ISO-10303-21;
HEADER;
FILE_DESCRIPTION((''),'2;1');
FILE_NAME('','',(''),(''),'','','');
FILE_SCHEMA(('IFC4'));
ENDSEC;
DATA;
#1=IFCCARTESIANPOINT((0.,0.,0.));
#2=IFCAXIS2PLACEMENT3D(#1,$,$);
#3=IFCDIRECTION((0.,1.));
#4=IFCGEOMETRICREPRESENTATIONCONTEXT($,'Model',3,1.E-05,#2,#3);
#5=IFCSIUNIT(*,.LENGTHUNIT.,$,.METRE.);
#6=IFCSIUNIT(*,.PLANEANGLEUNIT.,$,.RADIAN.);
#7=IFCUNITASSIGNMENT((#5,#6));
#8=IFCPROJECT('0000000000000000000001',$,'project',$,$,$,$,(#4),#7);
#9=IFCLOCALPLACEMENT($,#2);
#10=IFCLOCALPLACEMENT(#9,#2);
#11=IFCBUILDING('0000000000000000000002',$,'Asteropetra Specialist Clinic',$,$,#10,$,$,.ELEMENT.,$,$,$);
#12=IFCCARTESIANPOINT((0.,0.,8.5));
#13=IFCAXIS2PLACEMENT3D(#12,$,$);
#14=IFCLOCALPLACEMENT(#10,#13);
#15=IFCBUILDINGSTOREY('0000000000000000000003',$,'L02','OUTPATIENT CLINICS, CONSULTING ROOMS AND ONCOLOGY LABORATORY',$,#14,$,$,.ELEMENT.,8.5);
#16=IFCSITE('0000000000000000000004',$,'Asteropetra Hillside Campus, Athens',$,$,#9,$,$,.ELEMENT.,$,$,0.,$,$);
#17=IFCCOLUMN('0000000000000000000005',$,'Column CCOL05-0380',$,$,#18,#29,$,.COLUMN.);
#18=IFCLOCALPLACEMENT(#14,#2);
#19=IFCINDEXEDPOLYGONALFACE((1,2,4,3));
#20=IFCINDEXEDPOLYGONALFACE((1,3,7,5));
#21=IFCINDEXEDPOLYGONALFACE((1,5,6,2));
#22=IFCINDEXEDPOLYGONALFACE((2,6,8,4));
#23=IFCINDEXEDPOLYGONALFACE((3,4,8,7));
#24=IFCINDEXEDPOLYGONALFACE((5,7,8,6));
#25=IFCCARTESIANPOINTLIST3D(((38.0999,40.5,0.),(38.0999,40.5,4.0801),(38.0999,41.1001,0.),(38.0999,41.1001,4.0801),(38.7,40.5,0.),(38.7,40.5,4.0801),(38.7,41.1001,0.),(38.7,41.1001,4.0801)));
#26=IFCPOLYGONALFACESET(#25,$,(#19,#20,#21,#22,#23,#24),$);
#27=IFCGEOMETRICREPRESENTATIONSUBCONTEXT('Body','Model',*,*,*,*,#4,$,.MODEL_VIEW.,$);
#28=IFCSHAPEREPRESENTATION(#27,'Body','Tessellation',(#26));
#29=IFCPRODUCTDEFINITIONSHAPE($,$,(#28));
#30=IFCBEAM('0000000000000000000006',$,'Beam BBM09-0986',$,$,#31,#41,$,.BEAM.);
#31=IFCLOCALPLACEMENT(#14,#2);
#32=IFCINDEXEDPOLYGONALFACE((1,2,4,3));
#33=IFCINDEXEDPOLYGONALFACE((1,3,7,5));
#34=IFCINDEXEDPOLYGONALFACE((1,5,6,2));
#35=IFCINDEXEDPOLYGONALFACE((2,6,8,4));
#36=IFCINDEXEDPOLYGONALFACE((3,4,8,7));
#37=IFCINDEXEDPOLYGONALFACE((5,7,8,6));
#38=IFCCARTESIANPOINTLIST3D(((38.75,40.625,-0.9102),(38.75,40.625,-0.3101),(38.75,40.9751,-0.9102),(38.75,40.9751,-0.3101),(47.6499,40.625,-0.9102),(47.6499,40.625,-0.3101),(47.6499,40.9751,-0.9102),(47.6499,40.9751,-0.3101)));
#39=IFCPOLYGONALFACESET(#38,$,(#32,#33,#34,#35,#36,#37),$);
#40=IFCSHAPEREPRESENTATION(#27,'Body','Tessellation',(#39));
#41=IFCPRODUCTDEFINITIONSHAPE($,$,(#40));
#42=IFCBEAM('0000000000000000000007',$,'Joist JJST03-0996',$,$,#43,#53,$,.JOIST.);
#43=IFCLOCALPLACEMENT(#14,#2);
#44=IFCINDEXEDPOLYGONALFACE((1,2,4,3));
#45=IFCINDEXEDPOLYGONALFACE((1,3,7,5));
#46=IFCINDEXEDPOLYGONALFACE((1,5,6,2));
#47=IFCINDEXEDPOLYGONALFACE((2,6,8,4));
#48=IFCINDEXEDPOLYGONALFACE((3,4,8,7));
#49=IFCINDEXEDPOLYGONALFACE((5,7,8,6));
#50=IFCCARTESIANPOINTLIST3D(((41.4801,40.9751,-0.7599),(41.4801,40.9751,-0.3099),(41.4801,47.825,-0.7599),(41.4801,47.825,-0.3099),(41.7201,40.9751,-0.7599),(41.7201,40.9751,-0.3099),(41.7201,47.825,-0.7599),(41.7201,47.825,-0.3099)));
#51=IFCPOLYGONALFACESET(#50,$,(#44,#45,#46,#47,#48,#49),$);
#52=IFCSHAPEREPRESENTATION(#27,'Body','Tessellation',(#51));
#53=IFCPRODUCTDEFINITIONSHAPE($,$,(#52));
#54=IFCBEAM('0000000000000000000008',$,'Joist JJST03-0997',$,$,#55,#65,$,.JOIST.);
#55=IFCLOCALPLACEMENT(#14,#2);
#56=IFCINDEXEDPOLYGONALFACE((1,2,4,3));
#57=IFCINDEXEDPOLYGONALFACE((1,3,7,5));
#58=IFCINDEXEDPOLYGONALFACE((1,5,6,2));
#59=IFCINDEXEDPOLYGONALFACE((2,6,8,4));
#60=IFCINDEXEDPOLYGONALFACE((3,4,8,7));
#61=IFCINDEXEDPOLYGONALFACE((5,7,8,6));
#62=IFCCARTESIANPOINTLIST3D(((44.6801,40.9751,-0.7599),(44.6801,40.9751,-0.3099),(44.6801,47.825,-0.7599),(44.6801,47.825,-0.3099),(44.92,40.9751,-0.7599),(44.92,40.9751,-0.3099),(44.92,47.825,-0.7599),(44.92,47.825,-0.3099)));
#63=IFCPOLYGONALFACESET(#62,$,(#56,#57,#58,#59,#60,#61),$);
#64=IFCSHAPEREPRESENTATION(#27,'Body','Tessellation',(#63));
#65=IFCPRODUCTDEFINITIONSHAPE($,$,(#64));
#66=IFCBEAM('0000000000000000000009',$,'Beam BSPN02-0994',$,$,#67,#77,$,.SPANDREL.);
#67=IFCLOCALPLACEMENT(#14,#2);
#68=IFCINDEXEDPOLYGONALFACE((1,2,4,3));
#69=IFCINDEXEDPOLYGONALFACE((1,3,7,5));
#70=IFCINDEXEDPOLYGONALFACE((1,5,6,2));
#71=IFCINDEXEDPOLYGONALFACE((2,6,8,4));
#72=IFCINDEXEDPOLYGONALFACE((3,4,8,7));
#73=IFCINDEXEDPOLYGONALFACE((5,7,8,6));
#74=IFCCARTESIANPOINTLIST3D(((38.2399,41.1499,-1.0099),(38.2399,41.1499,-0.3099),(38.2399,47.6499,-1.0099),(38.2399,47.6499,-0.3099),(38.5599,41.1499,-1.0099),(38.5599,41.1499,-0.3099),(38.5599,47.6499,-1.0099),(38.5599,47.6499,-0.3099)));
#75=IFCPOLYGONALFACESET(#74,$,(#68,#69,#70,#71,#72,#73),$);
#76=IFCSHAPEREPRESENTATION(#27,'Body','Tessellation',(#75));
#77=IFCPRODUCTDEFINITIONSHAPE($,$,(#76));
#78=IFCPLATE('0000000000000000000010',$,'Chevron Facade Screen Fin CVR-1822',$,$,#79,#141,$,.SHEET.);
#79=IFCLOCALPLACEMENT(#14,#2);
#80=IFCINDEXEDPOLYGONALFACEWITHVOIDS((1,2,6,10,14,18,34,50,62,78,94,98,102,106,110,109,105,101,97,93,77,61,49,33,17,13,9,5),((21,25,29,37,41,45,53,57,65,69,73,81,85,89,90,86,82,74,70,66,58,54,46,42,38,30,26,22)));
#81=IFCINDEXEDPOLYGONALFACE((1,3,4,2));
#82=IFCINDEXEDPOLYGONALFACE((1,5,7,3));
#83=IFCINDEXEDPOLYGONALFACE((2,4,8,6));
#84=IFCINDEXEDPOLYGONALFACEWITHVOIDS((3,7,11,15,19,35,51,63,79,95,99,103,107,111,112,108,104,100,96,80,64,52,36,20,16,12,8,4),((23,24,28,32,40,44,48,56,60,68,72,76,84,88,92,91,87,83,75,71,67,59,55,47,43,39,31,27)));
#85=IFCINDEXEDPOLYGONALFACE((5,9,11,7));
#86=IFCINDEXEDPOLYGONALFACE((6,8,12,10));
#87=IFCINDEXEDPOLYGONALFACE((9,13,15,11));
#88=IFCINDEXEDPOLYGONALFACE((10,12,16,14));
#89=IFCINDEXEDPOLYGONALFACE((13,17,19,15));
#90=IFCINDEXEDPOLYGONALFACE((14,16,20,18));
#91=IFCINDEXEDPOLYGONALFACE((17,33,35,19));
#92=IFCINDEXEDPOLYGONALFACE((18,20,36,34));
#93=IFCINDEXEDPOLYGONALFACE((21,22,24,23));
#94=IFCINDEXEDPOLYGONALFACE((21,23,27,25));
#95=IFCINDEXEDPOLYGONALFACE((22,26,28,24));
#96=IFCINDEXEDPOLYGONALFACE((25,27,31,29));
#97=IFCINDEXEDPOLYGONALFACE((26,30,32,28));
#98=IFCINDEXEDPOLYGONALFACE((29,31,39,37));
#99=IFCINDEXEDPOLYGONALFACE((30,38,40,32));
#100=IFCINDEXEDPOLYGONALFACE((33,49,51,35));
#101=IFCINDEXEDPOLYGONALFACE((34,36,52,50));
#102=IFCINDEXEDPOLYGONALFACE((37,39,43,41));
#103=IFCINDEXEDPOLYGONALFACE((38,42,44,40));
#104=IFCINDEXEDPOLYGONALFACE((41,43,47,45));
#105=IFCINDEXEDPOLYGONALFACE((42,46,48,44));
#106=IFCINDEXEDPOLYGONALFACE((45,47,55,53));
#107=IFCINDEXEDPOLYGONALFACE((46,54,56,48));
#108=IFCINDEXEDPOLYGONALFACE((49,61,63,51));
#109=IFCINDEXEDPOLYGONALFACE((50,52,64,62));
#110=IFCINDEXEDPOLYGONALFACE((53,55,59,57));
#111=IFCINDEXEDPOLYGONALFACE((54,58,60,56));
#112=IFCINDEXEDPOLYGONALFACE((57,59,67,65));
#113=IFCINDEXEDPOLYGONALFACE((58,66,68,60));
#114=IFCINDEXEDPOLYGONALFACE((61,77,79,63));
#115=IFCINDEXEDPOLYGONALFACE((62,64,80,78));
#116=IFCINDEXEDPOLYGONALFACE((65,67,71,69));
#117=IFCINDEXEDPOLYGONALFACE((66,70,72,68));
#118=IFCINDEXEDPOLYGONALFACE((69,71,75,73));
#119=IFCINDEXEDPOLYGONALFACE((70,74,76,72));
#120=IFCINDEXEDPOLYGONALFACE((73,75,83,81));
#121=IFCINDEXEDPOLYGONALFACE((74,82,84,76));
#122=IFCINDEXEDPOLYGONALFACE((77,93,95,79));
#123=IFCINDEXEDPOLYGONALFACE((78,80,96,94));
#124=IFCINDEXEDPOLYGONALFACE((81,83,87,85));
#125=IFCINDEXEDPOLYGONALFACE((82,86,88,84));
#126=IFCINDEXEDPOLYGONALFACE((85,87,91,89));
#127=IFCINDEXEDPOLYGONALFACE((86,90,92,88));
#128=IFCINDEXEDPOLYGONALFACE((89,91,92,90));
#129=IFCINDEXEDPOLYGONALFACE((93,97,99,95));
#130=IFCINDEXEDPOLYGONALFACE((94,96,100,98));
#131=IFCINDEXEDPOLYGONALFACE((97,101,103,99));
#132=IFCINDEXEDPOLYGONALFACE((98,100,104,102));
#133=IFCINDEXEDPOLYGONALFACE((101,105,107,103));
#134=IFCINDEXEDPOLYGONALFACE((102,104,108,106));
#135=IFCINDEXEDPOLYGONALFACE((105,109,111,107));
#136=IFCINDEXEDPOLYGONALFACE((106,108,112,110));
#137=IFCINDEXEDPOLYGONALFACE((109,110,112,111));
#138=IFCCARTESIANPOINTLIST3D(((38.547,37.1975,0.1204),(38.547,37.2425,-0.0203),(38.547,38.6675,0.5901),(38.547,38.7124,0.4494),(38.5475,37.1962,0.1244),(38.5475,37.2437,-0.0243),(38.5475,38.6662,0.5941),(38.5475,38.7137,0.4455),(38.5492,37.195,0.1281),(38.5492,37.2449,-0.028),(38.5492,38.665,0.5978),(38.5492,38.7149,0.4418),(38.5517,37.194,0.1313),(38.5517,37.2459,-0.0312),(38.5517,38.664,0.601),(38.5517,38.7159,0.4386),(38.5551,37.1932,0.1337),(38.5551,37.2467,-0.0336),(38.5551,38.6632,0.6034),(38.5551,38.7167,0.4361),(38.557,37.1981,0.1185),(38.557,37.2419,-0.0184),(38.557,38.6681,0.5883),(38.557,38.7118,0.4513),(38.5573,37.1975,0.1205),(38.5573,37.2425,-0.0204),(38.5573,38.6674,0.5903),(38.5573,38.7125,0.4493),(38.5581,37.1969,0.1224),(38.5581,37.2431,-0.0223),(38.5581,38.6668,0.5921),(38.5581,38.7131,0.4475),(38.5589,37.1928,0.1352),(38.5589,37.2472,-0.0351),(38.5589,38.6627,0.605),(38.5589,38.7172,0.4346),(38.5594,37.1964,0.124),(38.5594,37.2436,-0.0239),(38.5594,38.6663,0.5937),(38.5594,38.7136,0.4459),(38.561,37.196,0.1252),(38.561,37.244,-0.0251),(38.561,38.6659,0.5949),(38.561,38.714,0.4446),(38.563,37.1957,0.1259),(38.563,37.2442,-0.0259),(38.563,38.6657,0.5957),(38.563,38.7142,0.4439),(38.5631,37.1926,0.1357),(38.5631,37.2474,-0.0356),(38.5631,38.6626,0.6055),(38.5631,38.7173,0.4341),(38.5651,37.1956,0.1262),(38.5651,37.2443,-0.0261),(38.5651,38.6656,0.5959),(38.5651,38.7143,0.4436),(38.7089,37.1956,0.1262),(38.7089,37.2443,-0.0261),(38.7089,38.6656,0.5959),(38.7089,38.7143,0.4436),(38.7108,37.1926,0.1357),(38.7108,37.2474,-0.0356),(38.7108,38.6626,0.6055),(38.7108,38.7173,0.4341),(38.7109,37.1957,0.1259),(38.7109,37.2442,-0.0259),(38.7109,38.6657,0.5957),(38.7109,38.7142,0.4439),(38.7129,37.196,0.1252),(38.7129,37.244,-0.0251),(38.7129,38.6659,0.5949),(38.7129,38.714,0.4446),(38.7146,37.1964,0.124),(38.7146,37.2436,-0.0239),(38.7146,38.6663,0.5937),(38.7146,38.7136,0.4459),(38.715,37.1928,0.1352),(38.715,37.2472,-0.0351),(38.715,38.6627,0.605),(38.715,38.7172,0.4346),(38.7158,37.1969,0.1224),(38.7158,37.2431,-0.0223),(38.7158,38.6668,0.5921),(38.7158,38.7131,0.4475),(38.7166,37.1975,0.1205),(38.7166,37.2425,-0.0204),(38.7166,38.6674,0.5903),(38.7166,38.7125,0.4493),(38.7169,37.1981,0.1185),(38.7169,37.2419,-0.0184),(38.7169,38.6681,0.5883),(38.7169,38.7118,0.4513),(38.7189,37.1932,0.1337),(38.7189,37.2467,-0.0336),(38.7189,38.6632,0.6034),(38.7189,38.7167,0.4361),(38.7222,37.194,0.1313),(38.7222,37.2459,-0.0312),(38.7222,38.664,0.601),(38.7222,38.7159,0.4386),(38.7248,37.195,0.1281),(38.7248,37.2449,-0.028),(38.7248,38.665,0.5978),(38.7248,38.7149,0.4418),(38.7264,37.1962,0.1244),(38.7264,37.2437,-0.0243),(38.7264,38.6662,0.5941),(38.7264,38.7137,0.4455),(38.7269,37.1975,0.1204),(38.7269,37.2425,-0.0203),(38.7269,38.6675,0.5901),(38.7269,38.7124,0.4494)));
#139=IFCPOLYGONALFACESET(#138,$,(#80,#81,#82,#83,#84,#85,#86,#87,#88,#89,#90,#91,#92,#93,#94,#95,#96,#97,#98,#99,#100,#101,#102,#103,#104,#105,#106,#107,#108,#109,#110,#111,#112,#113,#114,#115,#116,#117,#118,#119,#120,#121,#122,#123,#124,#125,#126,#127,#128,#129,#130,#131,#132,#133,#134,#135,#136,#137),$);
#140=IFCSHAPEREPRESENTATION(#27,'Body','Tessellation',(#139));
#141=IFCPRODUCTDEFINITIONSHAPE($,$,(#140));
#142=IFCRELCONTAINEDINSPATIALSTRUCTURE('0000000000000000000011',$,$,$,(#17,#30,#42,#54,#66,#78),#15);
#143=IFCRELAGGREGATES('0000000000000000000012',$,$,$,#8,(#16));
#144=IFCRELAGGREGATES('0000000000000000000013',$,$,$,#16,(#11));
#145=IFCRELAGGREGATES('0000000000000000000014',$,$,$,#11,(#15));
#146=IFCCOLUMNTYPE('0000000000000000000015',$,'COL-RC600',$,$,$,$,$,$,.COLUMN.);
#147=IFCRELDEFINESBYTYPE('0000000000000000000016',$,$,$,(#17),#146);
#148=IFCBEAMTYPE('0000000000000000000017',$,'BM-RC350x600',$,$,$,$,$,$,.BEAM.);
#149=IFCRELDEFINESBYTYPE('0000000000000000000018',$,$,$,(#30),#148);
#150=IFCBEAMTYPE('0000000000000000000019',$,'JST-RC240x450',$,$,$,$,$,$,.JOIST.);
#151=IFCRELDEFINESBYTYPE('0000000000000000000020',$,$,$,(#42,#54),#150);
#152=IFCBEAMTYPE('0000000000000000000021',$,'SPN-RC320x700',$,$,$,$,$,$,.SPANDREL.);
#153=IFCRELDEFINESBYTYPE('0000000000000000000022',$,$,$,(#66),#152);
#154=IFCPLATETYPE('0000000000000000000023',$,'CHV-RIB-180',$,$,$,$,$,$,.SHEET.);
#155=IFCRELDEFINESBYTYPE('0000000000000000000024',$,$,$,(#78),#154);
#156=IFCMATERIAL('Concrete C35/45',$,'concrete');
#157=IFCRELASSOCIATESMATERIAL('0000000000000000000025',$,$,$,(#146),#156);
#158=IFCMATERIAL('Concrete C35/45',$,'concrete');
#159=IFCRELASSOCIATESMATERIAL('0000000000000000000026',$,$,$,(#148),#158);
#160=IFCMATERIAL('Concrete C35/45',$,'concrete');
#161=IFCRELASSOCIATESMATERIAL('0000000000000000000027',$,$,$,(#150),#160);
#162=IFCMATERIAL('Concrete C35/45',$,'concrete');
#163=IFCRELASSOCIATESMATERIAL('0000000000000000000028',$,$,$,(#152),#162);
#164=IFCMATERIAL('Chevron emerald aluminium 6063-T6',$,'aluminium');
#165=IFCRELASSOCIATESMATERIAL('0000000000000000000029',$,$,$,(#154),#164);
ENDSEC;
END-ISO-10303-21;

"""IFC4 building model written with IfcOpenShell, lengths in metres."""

from ifc_helpers import new_model, si_unit, direction, frame, origin, origin_2d, place, context, subcontext, project, spatial, rectangle, hollow_rectangle, extrude, material, material_profile, profile_set, type_object, element, save


model = new_model("IFC4")

# Units and contexts
model_context = context("Model", 3, precision=1e-05, world=origin(), true_north=direction((0.0, 1.0)))
body_context = subcontext(model_context, "Body", "Model", "MODEL_VIEW")
ifc_project = project(units=[si_unit("LENGTHUNIT", "METRE"), si_unit("PLANEANGLEUNIT", "RADIAN")], contexts=[model_context])

# Site, building, storey
site_placement = place(None, origin())
site = spatial("IfcSite", under=ifc_project, at=site_placement, Name="Asteropetra Hillside Campus, Athens", CompositionType="ELEMENT", RefElevation=0.0)
building_placement = place(site_placement, origin())
building = spatial("IfcBuilding", under=site, at=building_placement, Name="Asteropetra Specialist Clinic", CompositionType="ELEMENT")
storey_placement = place(building_placement, frame((0.0, 0.0, 8.5)))
storey = spatial("IfcBuildingStorey", under=building, at=storey_placement, Name="L02", Description="OUTPATIENT CLINICS, CONSULTING ROOMS AND ONCOLOGY LABORATORY", CompositionType="ELEMENT", Elevation=8.5)

# Column
ifc_material_1 = material(Name="Concrete C35/45", Category="concrete")
ifc_material_profile_1 = material_profile(ifc_material_1, rectangle(XDim=0.6001, YDim=0.6001, at=origin_2d()), Name="RC 600x600")
ifc_profile_set_1 = profile_set([ifc_material_profile_1], Name="Concrete C35/45")
column_type = type_object("IfcColumnType", Name="COL-RC600", PredefinedType="COLUMN", material=ifc_profile_set_1)
column_placement = place(storey_placement, frame((38.3999, 40.8, 0.0), z_axis=(0.0, 0.0, 1.0), x_axis=(1.0, 0.0, 0.0)))
element("IfcColumn", 1, at=column_placement, inside=storey, type_object=column_type, Name="Column CCOL05-0380", PredefinedType="COLUMN", context=body_context, shape_type="SweptSolid", body=[
    extrude(rectangle(XDim=0.6001, YDim=0.6001, at=origin_2d()), origin(), (0.0, 0.0, 1.0), 4.0801),
])

# Beams
ifc_material_2 = material(Name="Concrete C35/45", Category="concrete")
ifc_material_profile_2 = material_profile(ifc_material_2, rectangle(XDim=0.3501, YDim=0.6001, at=origin_2d()), Name="RCB 350x600")
ifc_profile_set_2 = profile_set([ifc_material_profile_2], Name="Concrete C35/45")
beam_type_1 = type_object("IfcBeamType", Name="BM-RC350x600", PredefinedType="BEAM", material=ifc_profile_set_2)
beam_1_placement = place(storey_placement, frame((38.75, 40.8, -0.6101), z_axis=(1.0, 0.0, 0.0), x_axis=(0.0, 1.0, 0.0)))
element("IfcBeam", 2, at=beam_1_placement, inside=storey, type_object=beam_type_1, Name="Beam BBM09-0986", PredefinedType="BEAM", context=body_context, shape_type="SweptSolid", body=[
    extrude(rectangle(XDim=0.3501, YDim=0.6001, at=origin_2d()), origin(), (0.0, 0.0, 1.0), 8.8999),
])
ifc_material_3 = material(Name="Concrete C35/45", Category="concrete")
ifc_material_profile_3 = material_profile(ifc_material_3, rectangle(XDim=0.24, YDim=0.45, at=origin_2d()), Name="RCJ 240x450")
ifc_profile_set_3 = profile_set([ifc_material_profile_3], Name="Concrete C35/45")
beam_type_2 = type_object("IfcBeamType", Name="JST-RC240x450", PredefinedType="JOIST", material=ifc_profile_set_3)
for number, where, z_axis, x_axis, name in (
    (3, (41.6001, 40.9751, -0.5349), (0.0, 1.0, 0.0), (-1.0, 0.0, 0.0), "Joist JJST03-0996"),
    (4, (44.8, 40.9751, -0.5349), (0.0, 1.0, 0.0), (-1.0, 0.0, 0.0), "Joist JJST03-0997"),
):
    element("IfcBeam", number, at=place(storey_placement, frame(where, z_axis=z_axis, x_axis=x_axis)), inside=storey, type_object=beam_type_2, Name=name, PredefinedType="JOIST", context=body_context, shape_type="SweptSolid", body=[
        extrude(rectangle(XDim=0.24, YDim=0.45, at=origin_2d()), origin(), (0.0, 0.0, 1.0), 6.8499),
    ])
ifc_material_4 = material(Name="Concrete C35/45", Category="concrete")
ifc_material_profile_4 = material_profile(ifc_material_4, rectangle(XDim=0.3201, YDim=0.7, at=origin_2d()), Name="RCS 320x700")
ifc_profile_set_4 = profile_set([ifc_material_profile_4], Name="Concrete C35/45")
beam_type_3 = type_object("IfcBeamType", Name="SPN-RC320x700", PredefinedType="SPANDREL", material=ifc_profile_set_4)
beam_2_placement = place(storey_placement, frame((38.3999, 41.1499, -0.6599), z_axis=(0.0, 1.0, 0.0), x_axis=(-1.0, 0.0, 0.0)))
element("IfcBeam", 5, at=beam_2_placement, inside=storey, type_object=beam_type_3, Name="Beam BSPN02-0994", PredefinedType="SPANDREL", context=body_context, shape_type="SweptSolid", body=[
    extrude(rectangle(XDim=0.3201, YDim=0.7, at=origin_2d()), origin(), (0.0, 0.0, 1.0), 6.5),
])

# Plate
ifc_material_5 = material(Name="Chevron emerald aluminium 6063-T6", Category="aluminium")
ifc_material_profile_5 = material_profile(ifc_material_5, hollow_rectangle(XDim=0.1799, YDim=0.1799, WallThickness=0.01, InnerFilletRadius=0.0081, OuterFilletRadius=0.0161, at=origin_2d()), Name="SHS 180x180x10.0")
ifc_profile_set_5 = profile_set([ifc_material_profile_5], Name="Chevron emerald aluminium 6063-T6")
plate_type_1 = type_object("IfcPlateType", Name="CHV-RIB-180", PredefinedType="SHEET", material=ifc_profile_set_5)
for number, where, z_axis, x_axis, name in (
    (6, (38.637, 37.22, 0.05), (0.0, 0.952549, 0.304385), (-1.0, 0.0, 0.0), "Chevron Facade Screen Fin CVR-1822"),
):
    element("IfcPlate", number, at=place(storey_placement, frame(where, z_axis=z_axis, x_axis=x_axis)), inside=storey, type_object=plate_type_1, Name=name, PredefinedType="SHEET", context=body_context, shape_type="SweptSolid", body=[
        extrude(hollow_rectangle(XDim=0.1799, YDim=0.1799, WallThickness=0.01, InnerFilletRadius=0.0081, OuterFilletRadius=0.0161, at=origin_2d()), origin(), (0.0, 0.0, 1.0), 1.5432),
    ])

save(model, "model.ifc")
